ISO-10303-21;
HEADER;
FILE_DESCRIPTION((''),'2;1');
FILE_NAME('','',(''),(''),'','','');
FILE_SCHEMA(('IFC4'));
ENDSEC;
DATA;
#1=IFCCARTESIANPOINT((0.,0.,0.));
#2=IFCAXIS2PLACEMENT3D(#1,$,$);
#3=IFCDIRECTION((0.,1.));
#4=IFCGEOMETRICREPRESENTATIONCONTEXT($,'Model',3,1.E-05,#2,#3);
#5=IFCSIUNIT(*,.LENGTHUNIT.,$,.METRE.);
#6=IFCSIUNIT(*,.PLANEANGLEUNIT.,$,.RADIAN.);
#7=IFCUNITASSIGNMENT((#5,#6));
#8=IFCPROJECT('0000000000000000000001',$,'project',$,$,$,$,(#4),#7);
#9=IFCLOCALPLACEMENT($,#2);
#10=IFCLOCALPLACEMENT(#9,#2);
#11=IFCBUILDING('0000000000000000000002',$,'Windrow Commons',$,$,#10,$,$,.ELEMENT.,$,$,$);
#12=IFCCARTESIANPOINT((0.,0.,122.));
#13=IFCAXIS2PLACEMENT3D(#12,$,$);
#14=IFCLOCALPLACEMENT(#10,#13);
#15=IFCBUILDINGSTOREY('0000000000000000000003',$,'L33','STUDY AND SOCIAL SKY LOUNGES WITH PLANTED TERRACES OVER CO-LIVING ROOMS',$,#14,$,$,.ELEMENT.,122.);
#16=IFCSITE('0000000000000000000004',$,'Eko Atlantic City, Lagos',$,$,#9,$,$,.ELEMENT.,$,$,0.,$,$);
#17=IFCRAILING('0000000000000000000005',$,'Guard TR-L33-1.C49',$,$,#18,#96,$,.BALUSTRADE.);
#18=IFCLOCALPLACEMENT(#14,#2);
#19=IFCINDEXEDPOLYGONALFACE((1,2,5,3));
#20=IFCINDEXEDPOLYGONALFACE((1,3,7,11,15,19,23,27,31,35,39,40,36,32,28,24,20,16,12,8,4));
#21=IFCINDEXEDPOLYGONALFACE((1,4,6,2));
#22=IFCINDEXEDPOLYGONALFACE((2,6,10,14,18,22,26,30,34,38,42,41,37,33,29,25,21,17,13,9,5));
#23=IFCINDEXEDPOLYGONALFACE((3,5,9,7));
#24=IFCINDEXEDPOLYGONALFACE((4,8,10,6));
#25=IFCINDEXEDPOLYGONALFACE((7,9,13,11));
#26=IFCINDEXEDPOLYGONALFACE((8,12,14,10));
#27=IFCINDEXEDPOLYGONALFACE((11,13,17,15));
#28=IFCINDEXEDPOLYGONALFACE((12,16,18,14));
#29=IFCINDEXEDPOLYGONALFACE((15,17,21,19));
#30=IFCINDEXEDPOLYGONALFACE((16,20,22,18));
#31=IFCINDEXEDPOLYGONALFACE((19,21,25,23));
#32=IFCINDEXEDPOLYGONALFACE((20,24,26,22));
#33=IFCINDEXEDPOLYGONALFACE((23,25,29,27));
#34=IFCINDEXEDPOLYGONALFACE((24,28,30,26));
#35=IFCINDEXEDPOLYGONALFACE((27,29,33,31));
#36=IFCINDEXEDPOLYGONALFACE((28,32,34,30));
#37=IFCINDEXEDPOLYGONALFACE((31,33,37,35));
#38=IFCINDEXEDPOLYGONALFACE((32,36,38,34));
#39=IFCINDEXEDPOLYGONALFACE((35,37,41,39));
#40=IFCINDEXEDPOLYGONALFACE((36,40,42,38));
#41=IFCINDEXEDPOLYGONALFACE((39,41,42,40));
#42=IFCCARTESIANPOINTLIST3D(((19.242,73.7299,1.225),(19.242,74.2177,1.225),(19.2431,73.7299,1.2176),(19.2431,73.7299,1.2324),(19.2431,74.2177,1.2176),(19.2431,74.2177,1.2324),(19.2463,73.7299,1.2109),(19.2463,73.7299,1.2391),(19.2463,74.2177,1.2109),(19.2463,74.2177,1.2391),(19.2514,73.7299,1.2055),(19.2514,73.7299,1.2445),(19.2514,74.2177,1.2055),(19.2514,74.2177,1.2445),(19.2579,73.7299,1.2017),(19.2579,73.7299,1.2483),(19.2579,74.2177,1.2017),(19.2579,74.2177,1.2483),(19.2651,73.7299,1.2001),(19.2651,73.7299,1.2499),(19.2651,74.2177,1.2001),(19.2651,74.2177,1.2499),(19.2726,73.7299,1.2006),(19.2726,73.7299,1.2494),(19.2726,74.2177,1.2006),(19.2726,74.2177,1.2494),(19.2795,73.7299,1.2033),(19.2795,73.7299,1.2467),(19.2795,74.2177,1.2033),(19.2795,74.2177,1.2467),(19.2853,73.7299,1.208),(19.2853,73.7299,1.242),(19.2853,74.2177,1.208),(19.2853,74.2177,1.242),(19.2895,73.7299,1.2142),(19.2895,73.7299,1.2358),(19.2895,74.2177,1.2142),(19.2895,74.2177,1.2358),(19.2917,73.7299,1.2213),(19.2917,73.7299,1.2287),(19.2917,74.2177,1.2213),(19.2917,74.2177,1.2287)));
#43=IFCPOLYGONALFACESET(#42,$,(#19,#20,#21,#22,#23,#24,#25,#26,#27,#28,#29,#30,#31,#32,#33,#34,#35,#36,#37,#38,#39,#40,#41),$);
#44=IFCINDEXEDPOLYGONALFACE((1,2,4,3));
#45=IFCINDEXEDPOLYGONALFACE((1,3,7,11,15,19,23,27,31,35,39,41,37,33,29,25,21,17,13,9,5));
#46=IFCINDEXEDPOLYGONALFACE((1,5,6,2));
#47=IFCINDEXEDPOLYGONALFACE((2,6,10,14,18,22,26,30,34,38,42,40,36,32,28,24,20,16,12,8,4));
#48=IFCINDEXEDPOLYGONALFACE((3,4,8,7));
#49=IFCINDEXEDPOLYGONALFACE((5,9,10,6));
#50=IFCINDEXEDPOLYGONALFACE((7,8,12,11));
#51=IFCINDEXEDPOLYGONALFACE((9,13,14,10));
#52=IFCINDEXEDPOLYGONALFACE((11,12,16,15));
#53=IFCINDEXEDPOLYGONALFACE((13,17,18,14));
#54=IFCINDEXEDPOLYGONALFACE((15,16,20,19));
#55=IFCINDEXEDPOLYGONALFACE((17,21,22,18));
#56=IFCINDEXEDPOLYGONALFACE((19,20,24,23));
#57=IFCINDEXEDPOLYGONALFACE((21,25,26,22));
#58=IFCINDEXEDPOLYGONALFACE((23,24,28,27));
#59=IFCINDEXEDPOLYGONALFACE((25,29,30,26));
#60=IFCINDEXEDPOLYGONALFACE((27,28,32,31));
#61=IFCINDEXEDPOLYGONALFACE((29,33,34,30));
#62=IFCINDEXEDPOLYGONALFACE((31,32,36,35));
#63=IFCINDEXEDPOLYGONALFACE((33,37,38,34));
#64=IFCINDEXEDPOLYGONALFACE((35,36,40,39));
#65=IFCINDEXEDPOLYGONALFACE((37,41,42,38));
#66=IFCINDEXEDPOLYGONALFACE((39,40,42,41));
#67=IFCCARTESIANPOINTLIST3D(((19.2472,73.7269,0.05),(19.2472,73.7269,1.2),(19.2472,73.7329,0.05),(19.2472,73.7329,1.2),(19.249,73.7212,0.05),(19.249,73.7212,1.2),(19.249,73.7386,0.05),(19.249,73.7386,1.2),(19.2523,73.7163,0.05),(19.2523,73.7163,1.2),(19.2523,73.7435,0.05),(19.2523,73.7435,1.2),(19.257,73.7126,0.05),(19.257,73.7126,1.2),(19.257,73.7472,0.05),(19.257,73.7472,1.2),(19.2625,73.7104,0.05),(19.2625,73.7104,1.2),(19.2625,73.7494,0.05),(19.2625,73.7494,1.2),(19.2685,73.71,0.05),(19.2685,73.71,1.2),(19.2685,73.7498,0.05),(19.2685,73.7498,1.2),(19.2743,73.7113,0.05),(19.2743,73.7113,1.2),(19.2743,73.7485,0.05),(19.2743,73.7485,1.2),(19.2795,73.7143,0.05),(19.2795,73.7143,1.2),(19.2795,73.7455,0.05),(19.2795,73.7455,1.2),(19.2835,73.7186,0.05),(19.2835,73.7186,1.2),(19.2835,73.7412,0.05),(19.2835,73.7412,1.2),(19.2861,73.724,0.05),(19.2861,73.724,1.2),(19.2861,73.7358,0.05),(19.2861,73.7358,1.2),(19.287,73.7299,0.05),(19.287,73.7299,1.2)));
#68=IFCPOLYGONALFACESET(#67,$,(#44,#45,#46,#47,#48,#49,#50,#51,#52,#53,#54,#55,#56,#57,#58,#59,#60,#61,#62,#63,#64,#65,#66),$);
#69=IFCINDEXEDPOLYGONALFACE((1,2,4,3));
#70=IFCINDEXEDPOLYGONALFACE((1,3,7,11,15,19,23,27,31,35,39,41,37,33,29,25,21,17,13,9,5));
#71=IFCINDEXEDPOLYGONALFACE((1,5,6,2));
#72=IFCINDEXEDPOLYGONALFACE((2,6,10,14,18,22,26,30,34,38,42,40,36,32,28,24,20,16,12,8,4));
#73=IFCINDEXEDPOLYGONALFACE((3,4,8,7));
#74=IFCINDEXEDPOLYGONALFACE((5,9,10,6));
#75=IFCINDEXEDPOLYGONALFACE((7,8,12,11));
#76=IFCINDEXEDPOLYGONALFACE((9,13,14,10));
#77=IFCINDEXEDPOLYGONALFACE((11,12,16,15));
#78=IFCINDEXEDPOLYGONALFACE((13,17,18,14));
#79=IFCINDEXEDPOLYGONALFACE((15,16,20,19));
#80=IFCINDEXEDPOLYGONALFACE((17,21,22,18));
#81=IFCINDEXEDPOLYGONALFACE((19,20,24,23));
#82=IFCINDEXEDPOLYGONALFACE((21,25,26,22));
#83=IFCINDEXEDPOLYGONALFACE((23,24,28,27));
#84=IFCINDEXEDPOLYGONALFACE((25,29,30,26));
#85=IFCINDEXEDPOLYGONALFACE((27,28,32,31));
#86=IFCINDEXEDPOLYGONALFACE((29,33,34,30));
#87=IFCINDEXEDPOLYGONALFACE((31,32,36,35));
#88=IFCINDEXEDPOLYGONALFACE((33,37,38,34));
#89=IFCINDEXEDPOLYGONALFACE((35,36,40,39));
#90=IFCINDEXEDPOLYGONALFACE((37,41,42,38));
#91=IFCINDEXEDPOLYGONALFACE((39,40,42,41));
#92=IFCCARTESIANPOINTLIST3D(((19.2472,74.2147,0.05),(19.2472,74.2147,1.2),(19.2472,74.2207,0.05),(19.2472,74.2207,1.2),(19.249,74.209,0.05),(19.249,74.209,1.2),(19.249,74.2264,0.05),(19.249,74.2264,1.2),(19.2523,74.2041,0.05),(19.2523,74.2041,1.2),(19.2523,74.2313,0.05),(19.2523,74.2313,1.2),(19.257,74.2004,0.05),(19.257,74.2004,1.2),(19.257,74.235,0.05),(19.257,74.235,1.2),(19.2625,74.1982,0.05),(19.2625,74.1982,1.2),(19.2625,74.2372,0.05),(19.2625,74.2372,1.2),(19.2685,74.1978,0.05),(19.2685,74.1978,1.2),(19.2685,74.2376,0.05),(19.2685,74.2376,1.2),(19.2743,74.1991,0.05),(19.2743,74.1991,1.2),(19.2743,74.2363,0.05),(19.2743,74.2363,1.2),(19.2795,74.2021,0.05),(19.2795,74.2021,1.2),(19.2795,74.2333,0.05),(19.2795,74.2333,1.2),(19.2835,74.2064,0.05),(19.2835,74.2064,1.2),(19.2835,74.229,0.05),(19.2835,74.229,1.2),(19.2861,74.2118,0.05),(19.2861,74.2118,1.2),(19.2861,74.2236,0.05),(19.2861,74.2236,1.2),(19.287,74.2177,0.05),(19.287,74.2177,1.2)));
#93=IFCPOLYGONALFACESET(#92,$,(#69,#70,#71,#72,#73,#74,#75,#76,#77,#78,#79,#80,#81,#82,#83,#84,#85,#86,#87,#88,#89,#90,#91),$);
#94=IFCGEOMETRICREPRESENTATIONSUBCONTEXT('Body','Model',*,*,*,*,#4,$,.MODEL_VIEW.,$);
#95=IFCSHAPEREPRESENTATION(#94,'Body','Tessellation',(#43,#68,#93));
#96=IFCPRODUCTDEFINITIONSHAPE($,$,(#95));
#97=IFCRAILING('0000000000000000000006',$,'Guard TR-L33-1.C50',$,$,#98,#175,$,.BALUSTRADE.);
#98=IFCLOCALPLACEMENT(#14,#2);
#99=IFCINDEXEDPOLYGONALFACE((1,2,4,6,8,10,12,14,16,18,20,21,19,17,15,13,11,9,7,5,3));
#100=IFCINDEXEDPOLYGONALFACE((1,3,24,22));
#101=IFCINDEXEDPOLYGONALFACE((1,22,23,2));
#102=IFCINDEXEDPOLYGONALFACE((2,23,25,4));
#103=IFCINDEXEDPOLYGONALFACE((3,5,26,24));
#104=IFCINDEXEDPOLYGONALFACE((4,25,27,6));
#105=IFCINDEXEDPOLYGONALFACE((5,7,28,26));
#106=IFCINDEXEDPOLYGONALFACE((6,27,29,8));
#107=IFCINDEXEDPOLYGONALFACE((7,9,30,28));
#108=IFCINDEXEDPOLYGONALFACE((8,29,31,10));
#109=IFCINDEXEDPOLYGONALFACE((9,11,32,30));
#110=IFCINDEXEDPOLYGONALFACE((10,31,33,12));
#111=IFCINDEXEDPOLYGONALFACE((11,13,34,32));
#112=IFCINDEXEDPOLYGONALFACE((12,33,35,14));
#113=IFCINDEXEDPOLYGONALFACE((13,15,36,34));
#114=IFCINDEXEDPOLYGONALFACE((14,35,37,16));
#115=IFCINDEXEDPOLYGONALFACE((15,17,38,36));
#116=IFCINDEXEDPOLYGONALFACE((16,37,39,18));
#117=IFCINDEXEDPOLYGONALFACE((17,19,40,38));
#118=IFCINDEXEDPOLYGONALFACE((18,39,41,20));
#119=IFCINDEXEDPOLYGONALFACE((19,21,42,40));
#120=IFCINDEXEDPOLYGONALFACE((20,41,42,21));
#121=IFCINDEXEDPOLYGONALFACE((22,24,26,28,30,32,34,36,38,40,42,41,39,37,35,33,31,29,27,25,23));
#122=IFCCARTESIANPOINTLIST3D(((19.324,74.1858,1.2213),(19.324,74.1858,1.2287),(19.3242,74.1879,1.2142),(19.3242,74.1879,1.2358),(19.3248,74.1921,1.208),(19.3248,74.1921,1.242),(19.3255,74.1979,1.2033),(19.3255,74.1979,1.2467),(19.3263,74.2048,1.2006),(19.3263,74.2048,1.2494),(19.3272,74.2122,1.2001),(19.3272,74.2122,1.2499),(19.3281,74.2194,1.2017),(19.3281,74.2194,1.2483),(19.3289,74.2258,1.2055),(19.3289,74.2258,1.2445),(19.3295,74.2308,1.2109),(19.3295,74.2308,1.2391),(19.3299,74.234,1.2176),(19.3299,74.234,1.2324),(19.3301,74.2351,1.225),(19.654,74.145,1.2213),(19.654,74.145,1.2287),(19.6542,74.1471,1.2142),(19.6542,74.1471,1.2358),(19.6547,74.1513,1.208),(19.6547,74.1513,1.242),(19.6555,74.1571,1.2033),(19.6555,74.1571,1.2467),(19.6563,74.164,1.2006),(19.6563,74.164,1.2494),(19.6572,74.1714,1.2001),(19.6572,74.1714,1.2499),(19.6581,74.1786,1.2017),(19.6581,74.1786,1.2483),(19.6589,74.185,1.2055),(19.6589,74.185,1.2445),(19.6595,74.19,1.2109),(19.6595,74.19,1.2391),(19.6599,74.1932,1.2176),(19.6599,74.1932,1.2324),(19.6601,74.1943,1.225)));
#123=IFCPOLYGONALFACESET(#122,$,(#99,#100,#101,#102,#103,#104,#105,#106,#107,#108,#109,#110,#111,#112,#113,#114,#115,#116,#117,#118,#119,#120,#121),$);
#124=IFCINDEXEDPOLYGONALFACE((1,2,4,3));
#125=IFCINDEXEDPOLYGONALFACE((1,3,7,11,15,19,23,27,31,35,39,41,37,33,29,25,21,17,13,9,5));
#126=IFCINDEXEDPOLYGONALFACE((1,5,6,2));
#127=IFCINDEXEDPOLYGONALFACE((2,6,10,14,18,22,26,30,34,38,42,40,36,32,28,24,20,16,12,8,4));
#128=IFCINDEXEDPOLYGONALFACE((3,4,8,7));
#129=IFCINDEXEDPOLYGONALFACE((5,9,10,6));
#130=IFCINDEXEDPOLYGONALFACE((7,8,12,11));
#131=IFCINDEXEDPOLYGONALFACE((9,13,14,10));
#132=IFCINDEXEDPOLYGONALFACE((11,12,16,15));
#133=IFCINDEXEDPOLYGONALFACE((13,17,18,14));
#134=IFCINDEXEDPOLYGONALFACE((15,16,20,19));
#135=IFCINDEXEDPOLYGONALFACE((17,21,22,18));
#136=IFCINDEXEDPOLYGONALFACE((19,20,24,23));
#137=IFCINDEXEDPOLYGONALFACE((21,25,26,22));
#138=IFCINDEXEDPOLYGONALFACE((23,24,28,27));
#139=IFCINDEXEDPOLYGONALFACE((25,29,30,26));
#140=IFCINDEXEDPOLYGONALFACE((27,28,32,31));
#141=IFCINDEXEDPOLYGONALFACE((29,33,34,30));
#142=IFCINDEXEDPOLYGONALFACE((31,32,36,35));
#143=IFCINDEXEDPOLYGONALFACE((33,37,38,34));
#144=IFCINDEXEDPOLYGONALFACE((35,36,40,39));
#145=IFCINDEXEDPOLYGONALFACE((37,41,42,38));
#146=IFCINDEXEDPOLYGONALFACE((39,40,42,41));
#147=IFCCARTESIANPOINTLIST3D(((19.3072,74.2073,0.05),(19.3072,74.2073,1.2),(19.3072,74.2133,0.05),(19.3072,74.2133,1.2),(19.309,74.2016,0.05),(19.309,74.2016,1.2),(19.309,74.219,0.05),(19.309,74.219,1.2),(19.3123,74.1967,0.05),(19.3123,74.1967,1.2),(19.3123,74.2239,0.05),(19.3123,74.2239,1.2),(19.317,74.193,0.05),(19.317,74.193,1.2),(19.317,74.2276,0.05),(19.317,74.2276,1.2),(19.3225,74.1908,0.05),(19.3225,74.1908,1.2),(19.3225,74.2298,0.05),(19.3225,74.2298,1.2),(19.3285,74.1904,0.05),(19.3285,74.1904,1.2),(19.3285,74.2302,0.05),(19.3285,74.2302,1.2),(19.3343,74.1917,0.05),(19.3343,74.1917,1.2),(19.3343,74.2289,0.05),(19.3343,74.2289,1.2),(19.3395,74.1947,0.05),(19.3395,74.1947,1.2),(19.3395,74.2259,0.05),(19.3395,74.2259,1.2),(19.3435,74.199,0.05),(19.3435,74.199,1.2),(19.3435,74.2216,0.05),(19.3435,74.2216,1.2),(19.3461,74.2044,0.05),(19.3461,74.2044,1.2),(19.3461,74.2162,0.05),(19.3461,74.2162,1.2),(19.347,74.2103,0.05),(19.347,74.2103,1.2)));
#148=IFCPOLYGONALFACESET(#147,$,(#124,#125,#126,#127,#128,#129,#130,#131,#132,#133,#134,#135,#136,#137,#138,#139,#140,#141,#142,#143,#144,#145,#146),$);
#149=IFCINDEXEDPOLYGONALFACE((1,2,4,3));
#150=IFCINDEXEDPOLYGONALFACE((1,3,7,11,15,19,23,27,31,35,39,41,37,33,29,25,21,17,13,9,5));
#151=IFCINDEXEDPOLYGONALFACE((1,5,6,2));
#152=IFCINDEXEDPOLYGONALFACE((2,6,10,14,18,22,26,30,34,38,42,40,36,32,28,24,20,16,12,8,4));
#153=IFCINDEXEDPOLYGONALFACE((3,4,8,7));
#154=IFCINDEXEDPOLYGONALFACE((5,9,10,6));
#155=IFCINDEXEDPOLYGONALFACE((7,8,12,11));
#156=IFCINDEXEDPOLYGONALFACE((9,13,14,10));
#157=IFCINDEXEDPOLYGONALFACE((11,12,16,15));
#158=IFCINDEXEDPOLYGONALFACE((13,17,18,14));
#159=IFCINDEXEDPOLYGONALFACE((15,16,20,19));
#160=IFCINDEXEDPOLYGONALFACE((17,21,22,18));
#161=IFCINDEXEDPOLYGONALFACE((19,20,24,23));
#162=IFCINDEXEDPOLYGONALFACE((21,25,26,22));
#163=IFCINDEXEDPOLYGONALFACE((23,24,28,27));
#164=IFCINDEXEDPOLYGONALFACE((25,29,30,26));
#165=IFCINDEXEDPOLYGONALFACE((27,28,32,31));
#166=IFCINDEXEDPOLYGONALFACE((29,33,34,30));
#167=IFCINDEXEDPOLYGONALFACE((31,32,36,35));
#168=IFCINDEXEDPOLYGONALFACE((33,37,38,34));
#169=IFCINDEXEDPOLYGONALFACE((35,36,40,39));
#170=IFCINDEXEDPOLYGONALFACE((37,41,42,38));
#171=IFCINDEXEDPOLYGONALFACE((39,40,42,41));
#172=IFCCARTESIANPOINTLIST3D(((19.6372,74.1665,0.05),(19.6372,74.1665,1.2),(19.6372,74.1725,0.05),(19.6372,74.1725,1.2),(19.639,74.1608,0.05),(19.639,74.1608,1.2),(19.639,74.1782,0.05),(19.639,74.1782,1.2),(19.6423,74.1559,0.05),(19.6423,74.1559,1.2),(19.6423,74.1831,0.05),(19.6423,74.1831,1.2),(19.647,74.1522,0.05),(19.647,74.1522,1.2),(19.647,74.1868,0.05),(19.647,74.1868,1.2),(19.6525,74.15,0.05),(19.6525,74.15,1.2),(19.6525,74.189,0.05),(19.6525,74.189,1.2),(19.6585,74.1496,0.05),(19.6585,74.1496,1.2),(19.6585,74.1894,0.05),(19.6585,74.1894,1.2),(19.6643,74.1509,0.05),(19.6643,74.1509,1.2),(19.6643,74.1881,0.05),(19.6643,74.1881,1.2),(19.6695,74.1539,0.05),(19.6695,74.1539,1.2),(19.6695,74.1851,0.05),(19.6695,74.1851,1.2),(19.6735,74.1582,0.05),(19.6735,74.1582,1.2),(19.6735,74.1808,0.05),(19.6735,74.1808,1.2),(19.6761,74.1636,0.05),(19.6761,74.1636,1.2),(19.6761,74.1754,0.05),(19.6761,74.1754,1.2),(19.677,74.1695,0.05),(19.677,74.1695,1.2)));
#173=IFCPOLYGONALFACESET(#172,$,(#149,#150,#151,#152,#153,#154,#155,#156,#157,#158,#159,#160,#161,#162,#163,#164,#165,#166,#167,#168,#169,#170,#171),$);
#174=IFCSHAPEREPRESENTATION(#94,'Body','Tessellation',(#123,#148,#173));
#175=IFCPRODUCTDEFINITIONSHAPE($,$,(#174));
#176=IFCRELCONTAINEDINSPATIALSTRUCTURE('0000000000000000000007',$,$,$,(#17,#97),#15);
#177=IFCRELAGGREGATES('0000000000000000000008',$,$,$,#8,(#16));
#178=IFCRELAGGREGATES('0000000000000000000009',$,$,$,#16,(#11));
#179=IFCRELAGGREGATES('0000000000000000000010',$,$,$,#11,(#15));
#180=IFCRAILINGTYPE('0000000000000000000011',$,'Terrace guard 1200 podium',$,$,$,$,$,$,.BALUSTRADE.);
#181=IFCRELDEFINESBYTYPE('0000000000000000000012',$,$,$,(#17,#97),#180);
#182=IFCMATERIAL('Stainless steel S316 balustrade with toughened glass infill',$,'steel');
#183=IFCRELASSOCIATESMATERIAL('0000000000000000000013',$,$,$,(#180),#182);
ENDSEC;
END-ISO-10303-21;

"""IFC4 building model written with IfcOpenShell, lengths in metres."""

from ifc_helpers import new_model, si_unit, direction, frame, origin, origin_2d, place, context, subcontext, project, spatial, circle, extrude, material, type_object, element, save


model = new_model("IFC4")

# Units and contexts
model_context = context("Model", 3, precision=1e-05, world=origin(), true_north=direction((0.0, 1.0)))
body_context = subcontext(model_context, "Body", "Model", "MODEL_VIEW")
ifc_project = project(units=[si_unit("LENGTHUNIT", "METRE"), si_unit("PLANEANGLEUNIT", "RADIAN")], contexts=[model_context])

# Site, building, storey
site_placement = place(None, origin())
site = spatial("IfcSite", under=ifc_project, at=site_placement, Name="Eko Atlantic City, Lagos", CompositionType="ELEMENT", RefElevation=0.0)
building_placement = place(site_placement, origin())
building = spatial("IfcBuilding", under=site, at=building_placement, Name="Windrow Commons", CompositionType="ELEMENT")
storey_placement = place(building_placement, frame((0.0, 0.0, 122.0)))
storey = spatial("IfcBuildingStorey", under=building, at=storey_placement, Name="L33", Description="STUDY AND SOCIAL SKY LOUNGES WITH PLANTED TERRACES OVER CO-LIVING ROOMS", CompositionType="ELEMENT", Elevation=122.0)

# Railings
ifc_material_1 = material(Name="Stainless steel S316 balustrade with toughened glass infill", Category="steel")
railing_type = type_object("IfcRailingType", Name="Terrace guard 1200 podium", PredefinedType="BALUSTRADE", material=ifc_material_1)
railing_1_placement = place(storey_placement, frame((19.267, 73.7299, 0.05)))
element("IfcRailing", 1, at=railing_1_placement, inside=storey, type_object=railing_type, Name="Guard TR-L33-1.C49", PredefinedType="BALUSTRADE", context=body_context, shape_type="SweptSolid", body=[
    extrude(circle(Radius=0.025, at=origin_2d()), frame((0.0, 0.0, 1.175), z_axis=(0.0, 1.0, 0.0), x_axis=(-1.0, 0.0, 0.0)), (0.0, 0.0, 1.0), 0.4878),
    extrude(circle(Radius=0.02, at=origin_2d()), origin(), (0.0, 0.0, 1.0), 1.15),
    extrude(circle(Radius=0.02, at=origin_2d()), frame((0.0, 0.4878, 0.0)), (0.0, 0.0, 1.0), 1.15),
])
railing_2_placement = place(storey_placement, frame((19.327, 74.2103, 0.05)))
element("IfcRailing", 2, at=railing_2_placement, inside=storey, type_object=railing_type, Name="Guard TR-L33-1.C50", PredefinedType="BALUSTRADE", context=body_context, shape_type="SweptSolid", body=[
    extrude(circle(Radius=0.025, at=origin_2d()), frame((0.0, 0.0, 1.175), z_axis=(0.992444, -0.122702, 0.0), x_axis=(0.122702, 0.992444, 0.0)), (0.0, 0.0, 1.0), 0.3325),
    extrude(circle(Radius=0.02, at=origin_2d()), origin(), (0.0, 0.0, 1.0), 1.15),
    extrude(circle(Radius=0.02, at=origin_2d()), frame((0.33, -0.0408, 0.0)), (0.0, 0.0, 1.0), 1.15),
])

save(model, "model.ifc")
